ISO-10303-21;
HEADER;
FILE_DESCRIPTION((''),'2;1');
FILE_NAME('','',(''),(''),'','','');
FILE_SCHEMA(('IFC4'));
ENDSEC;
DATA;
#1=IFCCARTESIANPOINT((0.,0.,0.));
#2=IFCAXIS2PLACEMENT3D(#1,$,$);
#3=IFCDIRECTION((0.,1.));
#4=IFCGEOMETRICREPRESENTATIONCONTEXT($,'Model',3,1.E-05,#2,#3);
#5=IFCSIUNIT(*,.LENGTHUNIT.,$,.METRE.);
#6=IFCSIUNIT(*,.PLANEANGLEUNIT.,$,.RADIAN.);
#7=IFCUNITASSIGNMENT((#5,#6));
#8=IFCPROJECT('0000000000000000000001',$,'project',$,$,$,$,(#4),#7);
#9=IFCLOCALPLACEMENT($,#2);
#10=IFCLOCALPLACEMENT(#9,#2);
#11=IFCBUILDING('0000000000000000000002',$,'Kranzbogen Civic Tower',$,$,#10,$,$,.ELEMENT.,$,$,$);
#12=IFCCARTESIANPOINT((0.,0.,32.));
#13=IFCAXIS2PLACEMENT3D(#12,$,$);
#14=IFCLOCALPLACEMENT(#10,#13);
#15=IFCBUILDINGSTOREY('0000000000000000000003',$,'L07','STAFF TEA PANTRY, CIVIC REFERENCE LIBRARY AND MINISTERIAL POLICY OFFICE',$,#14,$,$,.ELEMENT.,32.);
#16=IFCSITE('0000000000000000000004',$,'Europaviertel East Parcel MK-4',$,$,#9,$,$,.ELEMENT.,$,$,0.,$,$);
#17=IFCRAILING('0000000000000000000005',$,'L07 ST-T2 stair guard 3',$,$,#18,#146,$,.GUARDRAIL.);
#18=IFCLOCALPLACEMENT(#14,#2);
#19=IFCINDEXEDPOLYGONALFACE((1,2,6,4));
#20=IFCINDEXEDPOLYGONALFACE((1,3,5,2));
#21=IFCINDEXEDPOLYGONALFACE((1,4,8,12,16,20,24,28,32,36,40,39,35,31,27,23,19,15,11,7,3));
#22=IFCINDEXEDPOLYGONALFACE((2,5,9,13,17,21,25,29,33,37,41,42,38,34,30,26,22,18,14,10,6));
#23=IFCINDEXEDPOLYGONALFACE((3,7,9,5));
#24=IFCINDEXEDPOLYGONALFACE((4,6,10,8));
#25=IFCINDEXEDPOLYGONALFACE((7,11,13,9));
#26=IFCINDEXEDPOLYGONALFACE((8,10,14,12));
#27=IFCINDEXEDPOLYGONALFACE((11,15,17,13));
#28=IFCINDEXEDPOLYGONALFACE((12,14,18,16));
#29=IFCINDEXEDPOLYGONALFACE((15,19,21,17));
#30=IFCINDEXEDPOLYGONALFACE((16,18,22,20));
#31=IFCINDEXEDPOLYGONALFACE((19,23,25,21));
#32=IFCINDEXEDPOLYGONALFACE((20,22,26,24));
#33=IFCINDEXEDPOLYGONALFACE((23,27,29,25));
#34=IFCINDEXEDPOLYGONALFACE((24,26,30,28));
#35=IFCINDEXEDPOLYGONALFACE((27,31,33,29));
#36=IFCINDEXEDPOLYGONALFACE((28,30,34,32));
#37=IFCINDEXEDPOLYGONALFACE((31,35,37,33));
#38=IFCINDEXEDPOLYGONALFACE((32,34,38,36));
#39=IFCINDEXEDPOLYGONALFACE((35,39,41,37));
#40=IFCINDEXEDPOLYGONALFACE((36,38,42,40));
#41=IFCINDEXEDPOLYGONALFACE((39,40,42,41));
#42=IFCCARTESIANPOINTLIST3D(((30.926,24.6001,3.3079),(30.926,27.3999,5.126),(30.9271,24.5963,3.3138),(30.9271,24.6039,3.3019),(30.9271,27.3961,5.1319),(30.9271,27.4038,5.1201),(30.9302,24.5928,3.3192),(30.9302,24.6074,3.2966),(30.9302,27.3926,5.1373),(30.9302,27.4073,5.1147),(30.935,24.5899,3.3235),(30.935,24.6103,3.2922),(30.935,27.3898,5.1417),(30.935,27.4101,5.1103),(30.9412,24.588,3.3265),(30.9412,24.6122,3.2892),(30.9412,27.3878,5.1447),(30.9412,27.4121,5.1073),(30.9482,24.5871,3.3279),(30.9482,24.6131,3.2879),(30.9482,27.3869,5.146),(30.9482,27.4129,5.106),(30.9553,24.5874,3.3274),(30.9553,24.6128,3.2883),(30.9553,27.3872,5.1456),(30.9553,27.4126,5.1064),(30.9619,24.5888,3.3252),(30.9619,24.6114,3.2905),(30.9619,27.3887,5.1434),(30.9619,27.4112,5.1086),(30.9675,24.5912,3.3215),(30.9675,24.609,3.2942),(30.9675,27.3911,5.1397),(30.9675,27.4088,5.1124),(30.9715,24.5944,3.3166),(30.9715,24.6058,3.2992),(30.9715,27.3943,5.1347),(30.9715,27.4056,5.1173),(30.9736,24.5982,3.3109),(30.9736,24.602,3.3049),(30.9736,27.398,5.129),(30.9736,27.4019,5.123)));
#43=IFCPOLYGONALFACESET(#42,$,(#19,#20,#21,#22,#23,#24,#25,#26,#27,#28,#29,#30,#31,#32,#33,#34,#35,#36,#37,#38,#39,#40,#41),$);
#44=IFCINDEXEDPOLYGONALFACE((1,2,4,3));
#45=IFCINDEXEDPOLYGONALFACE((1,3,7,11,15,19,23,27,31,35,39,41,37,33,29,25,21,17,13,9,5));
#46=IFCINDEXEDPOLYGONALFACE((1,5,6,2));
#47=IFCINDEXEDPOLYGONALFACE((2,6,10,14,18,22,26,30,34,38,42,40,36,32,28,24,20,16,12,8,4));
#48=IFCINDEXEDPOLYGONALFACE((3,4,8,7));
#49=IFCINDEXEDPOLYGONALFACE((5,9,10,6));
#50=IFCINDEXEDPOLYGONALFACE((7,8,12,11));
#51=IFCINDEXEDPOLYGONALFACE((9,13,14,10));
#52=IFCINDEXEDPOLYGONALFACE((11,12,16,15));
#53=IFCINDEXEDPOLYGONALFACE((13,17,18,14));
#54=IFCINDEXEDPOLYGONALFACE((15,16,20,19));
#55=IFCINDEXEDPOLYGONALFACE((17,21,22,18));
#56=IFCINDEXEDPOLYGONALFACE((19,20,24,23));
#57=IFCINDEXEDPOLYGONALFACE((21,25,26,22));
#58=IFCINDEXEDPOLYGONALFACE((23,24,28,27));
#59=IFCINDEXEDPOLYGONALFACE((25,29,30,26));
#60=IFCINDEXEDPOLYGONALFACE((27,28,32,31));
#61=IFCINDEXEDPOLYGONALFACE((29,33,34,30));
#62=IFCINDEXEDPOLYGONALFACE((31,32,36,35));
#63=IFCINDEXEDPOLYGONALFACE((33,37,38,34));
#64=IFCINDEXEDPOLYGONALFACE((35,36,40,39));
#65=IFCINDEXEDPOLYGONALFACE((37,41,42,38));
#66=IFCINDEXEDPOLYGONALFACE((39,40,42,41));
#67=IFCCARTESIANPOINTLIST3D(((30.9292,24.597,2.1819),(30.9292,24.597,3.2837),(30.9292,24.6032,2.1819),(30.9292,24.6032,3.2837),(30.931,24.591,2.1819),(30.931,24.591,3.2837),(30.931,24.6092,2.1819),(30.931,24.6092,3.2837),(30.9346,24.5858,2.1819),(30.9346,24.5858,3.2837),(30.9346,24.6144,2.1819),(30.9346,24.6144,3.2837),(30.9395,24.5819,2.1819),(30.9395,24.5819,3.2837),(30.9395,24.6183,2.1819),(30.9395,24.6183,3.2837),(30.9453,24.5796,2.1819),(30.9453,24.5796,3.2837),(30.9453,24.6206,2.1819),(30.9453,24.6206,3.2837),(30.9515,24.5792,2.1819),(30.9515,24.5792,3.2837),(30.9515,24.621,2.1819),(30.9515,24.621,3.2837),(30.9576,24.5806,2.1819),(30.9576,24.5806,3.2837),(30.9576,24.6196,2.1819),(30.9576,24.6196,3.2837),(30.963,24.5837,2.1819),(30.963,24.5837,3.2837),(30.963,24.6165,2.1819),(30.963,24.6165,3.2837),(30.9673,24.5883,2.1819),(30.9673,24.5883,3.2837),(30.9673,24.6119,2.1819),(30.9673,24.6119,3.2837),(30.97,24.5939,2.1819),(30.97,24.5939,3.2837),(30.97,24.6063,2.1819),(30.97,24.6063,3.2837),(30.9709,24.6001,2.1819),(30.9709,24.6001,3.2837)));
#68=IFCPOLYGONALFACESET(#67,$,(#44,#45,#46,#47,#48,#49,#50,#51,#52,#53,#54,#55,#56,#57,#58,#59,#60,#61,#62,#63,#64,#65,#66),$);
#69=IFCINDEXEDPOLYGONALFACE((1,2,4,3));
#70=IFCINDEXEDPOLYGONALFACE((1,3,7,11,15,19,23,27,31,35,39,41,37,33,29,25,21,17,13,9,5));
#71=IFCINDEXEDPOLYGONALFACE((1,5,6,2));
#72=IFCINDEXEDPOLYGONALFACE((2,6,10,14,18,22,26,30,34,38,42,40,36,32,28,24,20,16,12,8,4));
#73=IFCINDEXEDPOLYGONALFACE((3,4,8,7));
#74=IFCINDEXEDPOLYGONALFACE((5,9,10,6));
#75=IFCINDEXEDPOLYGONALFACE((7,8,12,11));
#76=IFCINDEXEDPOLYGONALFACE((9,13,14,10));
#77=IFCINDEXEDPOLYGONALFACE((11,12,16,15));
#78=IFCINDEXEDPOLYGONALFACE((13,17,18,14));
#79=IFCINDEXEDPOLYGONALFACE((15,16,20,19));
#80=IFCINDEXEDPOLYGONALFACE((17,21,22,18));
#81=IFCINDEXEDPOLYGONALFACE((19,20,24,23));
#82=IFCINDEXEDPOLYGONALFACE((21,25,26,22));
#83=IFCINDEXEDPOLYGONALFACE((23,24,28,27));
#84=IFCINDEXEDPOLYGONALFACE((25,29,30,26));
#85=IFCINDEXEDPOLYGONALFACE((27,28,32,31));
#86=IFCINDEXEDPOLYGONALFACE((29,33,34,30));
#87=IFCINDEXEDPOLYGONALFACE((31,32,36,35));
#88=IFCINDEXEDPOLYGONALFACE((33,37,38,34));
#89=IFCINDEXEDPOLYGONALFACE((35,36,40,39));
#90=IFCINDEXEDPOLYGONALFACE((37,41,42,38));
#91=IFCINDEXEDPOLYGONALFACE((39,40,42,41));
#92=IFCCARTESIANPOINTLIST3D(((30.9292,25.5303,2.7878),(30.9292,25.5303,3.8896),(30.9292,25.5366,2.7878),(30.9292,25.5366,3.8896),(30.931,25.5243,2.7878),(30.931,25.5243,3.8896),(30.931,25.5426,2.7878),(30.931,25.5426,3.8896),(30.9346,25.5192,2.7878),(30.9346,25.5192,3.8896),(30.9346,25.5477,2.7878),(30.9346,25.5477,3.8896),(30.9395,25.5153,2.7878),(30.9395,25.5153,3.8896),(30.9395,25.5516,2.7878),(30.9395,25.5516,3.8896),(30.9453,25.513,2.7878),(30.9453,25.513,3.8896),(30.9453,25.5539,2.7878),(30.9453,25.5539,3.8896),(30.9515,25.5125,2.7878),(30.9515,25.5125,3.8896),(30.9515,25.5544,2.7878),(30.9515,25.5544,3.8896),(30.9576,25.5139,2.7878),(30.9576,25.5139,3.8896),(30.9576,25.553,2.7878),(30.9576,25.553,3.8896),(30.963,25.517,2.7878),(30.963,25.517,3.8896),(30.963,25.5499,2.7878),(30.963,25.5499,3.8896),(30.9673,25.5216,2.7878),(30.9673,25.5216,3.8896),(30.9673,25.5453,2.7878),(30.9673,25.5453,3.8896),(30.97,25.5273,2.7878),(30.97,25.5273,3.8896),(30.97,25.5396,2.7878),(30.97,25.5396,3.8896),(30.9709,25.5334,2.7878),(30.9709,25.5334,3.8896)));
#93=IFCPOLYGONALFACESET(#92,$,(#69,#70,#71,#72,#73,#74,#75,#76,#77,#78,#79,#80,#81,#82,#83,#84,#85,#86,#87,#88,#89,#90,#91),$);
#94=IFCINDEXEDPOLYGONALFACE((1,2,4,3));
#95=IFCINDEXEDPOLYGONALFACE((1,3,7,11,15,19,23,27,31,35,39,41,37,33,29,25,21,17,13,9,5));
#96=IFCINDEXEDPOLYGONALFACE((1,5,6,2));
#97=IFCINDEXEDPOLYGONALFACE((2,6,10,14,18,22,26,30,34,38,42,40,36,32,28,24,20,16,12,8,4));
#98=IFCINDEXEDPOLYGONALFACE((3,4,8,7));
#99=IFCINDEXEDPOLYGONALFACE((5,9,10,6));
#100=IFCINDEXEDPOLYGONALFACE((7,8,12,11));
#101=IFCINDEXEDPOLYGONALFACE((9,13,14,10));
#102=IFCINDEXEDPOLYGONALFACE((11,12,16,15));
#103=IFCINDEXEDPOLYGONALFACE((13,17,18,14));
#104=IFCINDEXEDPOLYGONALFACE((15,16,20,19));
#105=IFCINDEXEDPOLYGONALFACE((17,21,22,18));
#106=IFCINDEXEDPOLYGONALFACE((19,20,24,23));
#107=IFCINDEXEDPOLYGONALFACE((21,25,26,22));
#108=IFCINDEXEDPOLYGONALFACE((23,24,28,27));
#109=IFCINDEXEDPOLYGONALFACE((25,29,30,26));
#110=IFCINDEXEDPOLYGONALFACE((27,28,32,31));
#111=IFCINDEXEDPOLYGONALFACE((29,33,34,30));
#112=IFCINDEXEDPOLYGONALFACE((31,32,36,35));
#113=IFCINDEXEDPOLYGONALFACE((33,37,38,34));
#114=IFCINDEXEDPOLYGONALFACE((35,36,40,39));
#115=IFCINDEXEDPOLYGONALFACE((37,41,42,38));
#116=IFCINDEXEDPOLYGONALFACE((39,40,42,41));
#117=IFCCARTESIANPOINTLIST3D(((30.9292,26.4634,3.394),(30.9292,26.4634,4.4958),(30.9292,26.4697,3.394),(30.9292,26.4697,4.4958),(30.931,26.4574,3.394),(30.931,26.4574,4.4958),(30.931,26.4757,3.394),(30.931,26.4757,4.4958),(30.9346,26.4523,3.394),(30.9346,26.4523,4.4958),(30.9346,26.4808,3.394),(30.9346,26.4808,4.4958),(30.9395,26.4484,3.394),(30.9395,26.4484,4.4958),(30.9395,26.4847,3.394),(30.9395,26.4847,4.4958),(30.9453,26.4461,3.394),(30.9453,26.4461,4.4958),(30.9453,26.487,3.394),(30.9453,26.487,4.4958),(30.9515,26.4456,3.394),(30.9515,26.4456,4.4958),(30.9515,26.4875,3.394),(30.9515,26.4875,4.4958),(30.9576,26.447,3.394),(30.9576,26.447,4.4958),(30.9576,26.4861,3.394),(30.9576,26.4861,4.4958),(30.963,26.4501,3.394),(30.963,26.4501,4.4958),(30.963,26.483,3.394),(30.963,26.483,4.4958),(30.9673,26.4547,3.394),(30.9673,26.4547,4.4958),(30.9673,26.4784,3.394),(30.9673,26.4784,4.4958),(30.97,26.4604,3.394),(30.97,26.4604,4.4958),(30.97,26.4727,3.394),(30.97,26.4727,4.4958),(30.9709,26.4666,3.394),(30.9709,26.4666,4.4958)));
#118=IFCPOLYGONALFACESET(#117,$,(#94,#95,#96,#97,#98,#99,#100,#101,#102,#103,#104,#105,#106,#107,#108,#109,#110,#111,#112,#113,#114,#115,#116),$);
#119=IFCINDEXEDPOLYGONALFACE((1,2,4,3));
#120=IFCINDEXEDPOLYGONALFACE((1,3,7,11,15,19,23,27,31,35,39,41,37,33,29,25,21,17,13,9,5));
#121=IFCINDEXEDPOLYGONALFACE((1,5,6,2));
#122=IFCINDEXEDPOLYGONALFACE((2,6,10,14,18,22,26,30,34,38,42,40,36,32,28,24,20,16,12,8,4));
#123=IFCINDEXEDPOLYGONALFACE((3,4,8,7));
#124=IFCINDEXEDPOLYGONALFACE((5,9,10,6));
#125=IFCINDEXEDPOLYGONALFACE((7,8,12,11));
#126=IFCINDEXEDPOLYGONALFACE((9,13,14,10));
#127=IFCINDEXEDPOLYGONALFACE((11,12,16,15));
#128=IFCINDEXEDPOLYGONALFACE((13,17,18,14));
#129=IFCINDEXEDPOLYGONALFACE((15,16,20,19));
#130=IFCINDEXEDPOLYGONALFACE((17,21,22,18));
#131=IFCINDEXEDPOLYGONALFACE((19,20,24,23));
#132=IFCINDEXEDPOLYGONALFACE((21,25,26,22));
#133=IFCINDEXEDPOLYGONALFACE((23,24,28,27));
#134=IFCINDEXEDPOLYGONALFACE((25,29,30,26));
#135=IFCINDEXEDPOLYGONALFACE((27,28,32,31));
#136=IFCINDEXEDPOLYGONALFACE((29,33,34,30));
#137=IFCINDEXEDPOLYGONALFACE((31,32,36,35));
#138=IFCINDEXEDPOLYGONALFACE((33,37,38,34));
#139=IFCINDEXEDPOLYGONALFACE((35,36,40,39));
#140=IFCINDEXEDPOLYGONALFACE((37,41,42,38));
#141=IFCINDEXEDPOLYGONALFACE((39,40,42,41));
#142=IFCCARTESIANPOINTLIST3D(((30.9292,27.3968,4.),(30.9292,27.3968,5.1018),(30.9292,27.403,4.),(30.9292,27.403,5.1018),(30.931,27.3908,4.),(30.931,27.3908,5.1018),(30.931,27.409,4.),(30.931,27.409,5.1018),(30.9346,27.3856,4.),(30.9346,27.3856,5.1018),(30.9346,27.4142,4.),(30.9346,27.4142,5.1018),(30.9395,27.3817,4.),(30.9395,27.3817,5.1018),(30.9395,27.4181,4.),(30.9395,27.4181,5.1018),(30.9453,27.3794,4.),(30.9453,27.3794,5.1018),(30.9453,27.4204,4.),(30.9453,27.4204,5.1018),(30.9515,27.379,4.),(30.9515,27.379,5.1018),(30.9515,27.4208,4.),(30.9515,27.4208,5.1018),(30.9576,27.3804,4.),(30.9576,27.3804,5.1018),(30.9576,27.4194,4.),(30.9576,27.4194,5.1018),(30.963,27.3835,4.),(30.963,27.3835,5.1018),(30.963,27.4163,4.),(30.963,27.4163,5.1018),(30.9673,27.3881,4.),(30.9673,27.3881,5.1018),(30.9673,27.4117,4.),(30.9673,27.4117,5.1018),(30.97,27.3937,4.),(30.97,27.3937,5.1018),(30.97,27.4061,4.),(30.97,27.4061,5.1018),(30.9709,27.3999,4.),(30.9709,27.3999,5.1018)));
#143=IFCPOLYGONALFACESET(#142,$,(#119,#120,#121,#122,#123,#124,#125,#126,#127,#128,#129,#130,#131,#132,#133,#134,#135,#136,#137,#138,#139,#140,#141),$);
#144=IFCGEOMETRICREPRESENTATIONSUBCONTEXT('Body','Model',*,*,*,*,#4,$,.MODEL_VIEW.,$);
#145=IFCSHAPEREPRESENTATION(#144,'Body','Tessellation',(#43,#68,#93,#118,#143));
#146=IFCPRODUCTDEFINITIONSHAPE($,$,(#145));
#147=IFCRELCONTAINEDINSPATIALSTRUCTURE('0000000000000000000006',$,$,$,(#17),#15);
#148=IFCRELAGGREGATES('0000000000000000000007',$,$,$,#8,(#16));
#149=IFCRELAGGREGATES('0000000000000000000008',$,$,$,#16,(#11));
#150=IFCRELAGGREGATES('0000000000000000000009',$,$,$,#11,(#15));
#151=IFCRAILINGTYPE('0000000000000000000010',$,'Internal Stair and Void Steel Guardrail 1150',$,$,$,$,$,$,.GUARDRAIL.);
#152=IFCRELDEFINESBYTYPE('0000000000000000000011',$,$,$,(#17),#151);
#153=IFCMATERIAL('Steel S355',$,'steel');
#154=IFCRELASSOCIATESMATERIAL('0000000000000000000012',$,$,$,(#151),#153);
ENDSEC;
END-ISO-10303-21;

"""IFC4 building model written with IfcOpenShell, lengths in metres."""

from ifc_helpers import new_model, si_unit, direction, frame, origin, origin_2d, place, context, subcontext, project, spatial, circle, extrude, material, type_object, element, save


model = new_model("IFC4")

# Units and contexts
model_context = context("Model", 3, precision=1e-05, world=origin(), true_north=direction((0.0, 1.0)))
body_context = subcontext(model_context, "Body", "Model", "MODEL_VIEW")
ifc_project = project(units=[si_unit("LENGTHUNIT", "METRE"), si_unit("PLANEANGLEUNIT", "RADIAN")], contexts=[model_context])

# Site, building, storey
site_placement = place(None, origin())
site = spatial("IfcSite", under=ifc_project, at=site_placement, Name="Europaviertel East Parcel MK-4", CompositionType="ELEMENT", RefElevation=0.0)
building_placement = place(site_placement, origin())
building = spatial("IfcBuilding", under=site, at=building_placement, Name="Kranzbogen Civic Tower", CompositionType="ELEMENT")
storey_placement = place(building_placement, frame((0.0, 0.0, 32.0)))
storey = spatial("IfcBuildingStorey", under=building, at=storey_placement, Name="L07", Description="STAFF TEA PANTRY, CIVIC REFERENCE LIBRARY AND MINISTERIAL POLICY OFFICE", CompositionType="ELEMENT", Elevation=32.0)

# Shared definitions
ifc_material_1 = material(Name="Steel S355", Category="steel")

# Railing
railing_type_1 = type_object("IfcRailingType", Name="Internal Stair and Void Steel Guardrail 1150", PredefinedType="GUARDRAIL", material=ifc_material_1)
railing_1_placement = place(storey_placement, frame((30.95, 24.6001, 2.1819)))
element("IfcRailing", 1, at=railing_1_placement, inside=storey, type_object=railing_type_1, Name="L07 ST-T2 stair guard 3", PredefinedType="GUARDRAIL", context=body_context, shape_type="SweptSolid", body=[
    extrude(circle(Radius=0.0239, at=origin_2d()), frame((0.0, 0.0, 1.126), z_axis=(0.0, 0.838684, 0.544618), x_axis=(-1.0, 0.0, 0.0)), (0.0, 0.0, 1.0), 3.3384),
    extrude(circle(Radius=0.021, at=origin_2d()), origin(), (0.0, 0.0, 1.0), 1.1018),
    extrude(circle(Radius=0.021, at=origin_2d()), frame((0.0, 0.9333, 0.606)), (0.0, 0.0, 1.0), 1.1018),
    extrude(circle(Radius=0.021, at=origin_2d()), frame((0.0, 1.8665, 1.2122)), (0.0, 0.0, 1.0), 1.1018),
    extrude(circle(Radius=0.021, at=origin_2d()), frame((0.0, 2.7998, 1.8181)), (0.0, 0.0, 1.0), 1.1018),
])

save(model, "model.ifc")
